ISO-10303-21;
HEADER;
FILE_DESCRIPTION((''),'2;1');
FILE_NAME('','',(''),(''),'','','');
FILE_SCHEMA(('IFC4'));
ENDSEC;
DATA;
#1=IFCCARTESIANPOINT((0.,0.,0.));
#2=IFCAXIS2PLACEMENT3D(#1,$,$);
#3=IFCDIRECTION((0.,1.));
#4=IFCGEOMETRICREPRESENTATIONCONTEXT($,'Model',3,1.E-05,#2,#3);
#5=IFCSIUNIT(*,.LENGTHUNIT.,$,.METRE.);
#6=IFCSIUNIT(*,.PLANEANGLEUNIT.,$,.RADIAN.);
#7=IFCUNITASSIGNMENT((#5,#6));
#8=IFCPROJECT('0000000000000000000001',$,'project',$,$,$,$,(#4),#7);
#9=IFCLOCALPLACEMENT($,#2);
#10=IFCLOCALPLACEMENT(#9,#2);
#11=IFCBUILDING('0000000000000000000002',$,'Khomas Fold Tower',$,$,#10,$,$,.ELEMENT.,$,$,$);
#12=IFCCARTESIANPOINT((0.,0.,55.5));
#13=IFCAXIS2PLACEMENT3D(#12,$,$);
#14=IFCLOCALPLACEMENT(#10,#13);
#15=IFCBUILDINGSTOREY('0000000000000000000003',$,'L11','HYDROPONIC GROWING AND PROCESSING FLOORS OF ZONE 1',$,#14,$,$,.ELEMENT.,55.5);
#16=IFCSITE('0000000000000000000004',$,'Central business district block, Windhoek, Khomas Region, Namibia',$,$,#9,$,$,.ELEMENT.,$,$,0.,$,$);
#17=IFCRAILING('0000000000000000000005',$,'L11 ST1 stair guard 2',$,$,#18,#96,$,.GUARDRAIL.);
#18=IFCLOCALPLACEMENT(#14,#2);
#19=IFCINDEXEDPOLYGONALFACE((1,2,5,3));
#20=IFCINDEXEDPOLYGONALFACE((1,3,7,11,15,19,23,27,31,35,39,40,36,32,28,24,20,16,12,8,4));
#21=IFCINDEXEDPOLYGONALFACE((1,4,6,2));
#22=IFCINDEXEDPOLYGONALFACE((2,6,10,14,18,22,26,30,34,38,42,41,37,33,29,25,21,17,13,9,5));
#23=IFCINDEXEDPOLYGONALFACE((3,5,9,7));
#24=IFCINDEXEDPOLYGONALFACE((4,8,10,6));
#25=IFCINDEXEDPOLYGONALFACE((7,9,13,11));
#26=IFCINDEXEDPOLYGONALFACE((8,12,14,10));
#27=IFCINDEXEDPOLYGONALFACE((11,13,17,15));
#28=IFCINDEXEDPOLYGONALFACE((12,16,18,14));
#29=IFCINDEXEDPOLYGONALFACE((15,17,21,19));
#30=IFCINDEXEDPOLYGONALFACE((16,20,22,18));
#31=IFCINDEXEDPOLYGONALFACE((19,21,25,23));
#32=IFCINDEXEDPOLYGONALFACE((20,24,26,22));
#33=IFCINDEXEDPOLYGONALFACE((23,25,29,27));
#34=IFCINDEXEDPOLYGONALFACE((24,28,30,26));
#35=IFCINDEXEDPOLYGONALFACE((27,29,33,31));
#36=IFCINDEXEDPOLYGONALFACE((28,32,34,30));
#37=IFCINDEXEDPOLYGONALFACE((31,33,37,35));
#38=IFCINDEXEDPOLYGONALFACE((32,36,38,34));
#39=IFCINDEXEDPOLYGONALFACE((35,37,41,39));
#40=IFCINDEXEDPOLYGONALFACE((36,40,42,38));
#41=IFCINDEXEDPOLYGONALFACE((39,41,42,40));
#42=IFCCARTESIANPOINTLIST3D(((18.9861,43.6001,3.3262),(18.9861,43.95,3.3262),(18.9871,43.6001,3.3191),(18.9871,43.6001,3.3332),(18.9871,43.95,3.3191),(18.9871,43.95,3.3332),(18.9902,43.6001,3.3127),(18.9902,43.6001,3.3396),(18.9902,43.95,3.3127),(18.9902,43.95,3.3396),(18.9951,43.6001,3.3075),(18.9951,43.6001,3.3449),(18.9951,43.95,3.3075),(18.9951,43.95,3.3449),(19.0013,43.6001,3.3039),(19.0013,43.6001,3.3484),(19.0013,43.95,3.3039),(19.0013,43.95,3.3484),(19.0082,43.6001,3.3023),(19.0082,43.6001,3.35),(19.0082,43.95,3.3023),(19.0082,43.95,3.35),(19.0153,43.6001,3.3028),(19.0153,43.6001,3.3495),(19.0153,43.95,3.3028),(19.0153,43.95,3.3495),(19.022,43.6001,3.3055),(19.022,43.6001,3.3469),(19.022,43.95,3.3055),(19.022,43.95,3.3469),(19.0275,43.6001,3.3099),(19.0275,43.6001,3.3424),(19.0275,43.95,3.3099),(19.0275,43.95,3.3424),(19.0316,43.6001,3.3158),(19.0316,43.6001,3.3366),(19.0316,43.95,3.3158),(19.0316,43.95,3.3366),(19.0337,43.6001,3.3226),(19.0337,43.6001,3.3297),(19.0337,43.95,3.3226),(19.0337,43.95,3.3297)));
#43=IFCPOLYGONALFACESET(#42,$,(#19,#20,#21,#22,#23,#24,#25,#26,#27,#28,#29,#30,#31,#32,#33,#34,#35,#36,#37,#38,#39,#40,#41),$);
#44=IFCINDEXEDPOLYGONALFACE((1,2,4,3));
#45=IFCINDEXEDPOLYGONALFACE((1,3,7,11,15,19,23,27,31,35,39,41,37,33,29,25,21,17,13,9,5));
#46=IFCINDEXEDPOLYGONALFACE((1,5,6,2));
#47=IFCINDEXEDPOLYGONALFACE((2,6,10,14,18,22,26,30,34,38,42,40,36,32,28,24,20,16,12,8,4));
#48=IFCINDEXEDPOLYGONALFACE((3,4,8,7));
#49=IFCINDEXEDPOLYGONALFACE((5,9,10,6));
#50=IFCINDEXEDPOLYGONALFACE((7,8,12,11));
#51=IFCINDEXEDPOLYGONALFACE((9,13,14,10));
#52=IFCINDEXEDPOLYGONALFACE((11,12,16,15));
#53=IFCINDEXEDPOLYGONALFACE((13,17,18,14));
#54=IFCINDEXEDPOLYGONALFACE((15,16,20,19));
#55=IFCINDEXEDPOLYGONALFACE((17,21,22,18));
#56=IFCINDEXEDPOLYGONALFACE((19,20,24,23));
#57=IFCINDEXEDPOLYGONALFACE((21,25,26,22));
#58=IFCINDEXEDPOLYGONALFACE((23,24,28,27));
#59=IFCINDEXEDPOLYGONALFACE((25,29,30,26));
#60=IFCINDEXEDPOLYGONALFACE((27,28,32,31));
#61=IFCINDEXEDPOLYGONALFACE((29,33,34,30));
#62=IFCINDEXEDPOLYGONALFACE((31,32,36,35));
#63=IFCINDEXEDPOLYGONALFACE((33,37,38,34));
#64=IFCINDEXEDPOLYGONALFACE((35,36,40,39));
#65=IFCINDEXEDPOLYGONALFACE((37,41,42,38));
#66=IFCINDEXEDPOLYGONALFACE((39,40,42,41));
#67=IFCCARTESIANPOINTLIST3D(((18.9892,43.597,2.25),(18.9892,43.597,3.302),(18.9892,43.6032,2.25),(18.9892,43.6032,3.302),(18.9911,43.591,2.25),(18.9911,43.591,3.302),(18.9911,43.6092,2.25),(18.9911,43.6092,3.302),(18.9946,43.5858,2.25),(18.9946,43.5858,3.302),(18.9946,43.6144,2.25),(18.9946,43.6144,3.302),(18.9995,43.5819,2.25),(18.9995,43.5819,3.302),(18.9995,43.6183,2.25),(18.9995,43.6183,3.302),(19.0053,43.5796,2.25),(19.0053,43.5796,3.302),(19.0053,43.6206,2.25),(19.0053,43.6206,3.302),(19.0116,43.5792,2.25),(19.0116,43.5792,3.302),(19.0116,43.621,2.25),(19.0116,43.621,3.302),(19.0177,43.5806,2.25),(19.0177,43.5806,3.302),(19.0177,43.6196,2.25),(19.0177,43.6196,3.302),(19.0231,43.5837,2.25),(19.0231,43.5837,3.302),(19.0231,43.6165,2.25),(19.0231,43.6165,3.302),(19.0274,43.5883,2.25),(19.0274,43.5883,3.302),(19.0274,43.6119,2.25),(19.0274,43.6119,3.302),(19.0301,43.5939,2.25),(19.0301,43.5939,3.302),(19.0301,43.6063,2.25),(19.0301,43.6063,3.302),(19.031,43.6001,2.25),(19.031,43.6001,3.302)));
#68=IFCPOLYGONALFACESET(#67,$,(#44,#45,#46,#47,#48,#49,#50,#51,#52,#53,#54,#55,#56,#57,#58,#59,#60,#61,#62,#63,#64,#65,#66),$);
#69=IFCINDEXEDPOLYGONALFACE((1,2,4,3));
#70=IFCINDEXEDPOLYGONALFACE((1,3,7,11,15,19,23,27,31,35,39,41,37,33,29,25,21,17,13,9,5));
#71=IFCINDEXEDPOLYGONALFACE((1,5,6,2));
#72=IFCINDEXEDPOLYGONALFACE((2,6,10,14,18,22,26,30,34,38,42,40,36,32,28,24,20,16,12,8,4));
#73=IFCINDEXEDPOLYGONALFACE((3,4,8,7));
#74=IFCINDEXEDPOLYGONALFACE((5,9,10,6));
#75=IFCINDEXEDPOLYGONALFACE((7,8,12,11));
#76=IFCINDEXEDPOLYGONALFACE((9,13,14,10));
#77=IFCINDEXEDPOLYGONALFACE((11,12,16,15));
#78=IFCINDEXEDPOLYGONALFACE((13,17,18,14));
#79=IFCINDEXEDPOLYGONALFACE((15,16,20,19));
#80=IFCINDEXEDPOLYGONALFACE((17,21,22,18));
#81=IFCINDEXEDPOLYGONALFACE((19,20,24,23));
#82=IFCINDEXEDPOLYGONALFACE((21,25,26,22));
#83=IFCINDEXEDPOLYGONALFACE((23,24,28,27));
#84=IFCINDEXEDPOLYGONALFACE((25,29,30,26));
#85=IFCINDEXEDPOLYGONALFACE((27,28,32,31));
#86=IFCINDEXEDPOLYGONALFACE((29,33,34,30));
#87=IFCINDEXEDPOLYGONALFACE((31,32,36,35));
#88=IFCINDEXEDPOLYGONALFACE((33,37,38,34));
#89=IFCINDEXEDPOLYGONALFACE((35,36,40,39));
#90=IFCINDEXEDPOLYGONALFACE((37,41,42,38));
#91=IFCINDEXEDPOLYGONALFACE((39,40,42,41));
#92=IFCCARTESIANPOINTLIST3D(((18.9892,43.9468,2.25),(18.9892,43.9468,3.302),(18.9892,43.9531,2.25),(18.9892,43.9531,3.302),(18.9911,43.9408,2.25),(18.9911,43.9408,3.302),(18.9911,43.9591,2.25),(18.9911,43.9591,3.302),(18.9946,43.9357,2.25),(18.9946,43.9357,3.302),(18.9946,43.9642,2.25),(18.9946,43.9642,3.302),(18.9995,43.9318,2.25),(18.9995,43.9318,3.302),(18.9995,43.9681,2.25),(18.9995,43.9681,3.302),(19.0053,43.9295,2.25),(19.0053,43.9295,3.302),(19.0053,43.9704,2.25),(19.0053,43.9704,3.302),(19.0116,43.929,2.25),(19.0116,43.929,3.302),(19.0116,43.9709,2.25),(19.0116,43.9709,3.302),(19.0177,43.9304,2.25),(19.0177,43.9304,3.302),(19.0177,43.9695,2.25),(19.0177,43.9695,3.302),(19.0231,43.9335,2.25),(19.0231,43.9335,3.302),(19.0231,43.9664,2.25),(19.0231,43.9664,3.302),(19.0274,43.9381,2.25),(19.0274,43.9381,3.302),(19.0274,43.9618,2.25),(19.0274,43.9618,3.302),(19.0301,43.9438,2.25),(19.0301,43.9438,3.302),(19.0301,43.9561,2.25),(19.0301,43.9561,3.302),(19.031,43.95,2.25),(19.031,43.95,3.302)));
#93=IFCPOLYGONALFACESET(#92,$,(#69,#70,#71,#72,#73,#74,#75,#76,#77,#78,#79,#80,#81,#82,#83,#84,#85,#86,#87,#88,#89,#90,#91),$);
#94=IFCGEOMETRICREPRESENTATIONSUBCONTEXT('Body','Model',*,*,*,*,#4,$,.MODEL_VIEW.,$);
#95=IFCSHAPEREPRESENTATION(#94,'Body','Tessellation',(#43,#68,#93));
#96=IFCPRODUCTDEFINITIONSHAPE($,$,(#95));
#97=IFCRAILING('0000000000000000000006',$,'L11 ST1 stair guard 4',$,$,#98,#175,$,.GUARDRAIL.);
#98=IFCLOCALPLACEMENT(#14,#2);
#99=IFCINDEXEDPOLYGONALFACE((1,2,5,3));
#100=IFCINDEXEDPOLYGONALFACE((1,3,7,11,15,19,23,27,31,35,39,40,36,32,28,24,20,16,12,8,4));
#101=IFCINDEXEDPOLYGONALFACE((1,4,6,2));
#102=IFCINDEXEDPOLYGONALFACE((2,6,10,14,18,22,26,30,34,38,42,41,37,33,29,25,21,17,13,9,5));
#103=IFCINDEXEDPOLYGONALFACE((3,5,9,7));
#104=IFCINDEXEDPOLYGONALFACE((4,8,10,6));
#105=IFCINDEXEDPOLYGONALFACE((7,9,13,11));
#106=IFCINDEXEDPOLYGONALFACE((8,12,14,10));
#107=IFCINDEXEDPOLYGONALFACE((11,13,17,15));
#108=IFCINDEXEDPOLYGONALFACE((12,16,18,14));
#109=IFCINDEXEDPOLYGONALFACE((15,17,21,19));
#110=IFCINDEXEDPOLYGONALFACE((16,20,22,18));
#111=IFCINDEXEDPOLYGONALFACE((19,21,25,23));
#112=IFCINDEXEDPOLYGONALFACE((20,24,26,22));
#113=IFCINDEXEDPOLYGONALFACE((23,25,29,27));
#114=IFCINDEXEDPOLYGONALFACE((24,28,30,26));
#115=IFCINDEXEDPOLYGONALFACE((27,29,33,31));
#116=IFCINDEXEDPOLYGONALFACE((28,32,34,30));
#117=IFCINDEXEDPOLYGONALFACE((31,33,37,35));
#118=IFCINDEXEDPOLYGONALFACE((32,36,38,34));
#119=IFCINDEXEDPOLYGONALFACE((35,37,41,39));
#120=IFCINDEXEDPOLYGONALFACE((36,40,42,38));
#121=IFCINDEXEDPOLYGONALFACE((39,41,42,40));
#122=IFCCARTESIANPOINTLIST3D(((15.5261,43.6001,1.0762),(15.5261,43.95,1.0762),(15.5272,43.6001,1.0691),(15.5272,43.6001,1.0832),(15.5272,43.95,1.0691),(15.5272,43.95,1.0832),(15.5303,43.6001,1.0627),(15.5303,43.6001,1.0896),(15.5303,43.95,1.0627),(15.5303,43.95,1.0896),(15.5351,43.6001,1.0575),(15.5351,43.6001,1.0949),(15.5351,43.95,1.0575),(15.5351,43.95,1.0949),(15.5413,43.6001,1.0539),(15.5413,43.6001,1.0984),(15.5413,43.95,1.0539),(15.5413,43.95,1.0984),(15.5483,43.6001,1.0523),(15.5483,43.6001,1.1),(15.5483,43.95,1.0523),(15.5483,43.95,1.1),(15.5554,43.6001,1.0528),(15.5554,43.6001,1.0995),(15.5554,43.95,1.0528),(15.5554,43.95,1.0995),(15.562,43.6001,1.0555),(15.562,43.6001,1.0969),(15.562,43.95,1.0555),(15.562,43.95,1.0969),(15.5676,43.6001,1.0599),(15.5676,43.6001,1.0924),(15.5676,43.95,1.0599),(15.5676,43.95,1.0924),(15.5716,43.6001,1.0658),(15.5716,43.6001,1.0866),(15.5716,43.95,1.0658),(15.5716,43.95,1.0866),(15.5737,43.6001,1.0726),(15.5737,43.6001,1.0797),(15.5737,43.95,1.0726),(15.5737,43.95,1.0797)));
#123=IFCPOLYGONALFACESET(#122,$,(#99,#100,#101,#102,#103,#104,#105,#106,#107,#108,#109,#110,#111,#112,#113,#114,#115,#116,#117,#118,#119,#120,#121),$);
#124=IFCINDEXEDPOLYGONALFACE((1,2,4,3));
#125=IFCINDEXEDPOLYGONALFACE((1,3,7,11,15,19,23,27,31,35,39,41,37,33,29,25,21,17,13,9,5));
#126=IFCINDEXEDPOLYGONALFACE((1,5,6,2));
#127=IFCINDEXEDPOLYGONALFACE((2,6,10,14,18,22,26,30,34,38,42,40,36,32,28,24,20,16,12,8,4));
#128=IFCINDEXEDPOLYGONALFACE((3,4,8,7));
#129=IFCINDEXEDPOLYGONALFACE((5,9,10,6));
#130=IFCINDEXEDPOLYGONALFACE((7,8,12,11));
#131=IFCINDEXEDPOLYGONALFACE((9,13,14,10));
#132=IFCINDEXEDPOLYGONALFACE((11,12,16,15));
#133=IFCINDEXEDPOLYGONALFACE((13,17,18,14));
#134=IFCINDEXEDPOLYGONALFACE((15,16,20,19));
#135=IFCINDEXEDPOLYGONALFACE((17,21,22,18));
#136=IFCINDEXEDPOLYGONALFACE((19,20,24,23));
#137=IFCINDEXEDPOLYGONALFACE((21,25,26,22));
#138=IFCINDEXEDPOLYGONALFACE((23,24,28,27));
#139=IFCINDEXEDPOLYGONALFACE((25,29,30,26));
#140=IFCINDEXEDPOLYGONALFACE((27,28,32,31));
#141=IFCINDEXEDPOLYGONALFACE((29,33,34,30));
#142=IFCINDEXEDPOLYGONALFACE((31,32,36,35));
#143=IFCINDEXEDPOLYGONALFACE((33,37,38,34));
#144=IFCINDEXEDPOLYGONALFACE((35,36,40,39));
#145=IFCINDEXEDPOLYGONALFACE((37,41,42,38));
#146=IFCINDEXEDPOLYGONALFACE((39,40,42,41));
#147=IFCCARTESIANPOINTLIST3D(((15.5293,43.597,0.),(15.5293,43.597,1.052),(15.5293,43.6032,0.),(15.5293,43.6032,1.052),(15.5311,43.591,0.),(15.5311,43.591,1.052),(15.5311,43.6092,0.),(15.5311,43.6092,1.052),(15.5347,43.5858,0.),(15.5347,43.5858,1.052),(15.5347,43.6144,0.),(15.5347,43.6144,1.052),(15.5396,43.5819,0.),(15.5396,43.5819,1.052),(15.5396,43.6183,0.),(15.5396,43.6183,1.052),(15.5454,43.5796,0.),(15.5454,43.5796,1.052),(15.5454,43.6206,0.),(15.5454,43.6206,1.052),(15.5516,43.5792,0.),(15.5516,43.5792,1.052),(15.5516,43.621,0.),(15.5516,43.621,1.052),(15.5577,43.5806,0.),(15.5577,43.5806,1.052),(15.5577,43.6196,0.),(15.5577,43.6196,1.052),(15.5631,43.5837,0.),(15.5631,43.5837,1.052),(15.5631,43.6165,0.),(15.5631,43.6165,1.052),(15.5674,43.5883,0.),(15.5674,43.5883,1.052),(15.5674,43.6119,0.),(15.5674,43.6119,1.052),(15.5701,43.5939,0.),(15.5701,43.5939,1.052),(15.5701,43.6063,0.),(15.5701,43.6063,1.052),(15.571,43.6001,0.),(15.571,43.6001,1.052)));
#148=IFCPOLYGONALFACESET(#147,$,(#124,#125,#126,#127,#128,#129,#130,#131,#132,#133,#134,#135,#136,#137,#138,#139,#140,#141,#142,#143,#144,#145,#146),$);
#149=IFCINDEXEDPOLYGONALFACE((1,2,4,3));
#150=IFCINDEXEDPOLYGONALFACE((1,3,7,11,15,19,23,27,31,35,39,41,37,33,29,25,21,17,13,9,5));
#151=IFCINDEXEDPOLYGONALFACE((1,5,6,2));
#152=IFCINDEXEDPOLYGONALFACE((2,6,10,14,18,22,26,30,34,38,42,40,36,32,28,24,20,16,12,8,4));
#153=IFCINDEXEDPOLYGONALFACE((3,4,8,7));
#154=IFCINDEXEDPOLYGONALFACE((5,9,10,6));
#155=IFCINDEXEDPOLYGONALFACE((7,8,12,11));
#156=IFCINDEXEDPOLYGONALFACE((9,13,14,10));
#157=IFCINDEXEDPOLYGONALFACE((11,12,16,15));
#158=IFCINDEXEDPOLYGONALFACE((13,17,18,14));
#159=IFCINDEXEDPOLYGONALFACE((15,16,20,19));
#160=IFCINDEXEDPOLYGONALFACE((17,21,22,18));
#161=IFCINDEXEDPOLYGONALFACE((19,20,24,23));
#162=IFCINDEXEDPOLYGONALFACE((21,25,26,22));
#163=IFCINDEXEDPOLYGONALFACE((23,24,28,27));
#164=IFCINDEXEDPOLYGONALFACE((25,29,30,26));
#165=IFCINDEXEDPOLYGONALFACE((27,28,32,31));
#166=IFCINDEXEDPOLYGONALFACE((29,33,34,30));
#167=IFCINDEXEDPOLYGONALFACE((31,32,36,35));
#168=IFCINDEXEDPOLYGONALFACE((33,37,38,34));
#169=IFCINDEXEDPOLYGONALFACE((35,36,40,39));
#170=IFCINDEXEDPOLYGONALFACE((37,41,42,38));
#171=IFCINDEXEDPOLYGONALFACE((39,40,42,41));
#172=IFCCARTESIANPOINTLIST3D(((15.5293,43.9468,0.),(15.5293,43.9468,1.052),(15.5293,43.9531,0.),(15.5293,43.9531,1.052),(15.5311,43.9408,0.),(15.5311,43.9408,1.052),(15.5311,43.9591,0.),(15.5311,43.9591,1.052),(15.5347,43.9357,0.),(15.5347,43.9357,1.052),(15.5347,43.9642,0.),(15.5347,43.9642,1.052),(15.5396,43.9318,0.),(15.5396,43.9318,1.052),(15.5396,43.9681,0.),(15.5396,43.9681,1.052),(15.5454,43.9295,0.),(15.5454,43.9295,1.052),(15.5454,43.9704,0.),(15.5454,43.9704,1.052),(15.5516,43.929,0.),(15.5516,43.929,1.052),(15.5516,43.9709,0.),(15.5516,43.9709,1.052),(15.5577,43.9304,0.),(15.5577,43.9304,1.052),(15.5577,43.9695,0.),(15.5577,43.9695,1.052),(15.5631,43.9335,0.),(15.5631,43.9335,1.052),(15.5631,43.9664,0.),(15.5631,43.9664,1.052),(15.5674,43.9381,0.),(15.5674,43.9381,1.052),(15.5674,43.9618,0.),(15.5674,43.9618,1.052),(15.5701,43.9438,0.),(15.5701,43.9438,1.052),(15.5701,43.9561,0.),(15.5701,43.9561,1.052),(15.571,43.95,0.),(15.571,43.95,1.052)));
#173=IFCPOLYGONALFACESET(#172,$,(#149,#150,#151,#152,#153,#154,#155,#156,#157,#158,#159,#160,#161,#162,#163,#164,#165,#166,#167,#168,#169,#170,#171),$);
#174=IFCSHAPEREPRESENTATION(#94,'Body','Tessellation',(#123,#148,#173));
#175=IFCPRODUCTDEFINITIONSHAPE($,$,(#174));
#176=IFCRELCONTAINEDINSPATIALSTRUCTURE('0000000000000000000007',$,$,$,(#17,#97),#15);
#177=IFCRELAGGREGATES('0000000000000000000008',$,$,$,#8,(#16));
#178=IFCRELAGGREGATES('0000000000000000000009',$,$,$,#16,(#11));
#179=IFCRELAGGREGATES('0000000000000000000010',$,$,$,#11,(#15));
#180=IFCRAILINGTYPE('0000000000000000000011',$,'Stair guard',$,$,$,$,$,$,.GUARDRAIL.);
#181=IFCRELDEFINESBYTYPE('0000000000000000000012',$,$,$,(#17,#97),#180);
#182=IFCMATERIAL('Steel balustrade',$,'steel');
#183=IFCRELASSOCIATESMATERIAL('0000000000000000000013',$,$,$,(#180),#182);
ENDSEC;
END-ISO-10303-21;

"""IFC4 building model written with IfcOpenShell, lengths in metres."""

from ifc_helpers import new_model, si_unit, direction, frame, origin, origin_2d, place, context, subcontext, project, spatial, circle, extrude, source, transform, mapped, material, type_object, element, save


model = new_model("IFC4")

# Units and contexts
model_context = context("Model", 3, precision=1e-05, world=origin(), true_north=direction((0.0, 1.0)))
body_context = subcontext(model_context, "Body", "Model", "MODEL_VIEW")
ifc_project = project(units=[si_unit("LENGTHUNIT", "METRE"), si_unit("PLANEANGLEUNIT", "RADIAN")], contexts=[model_context])

# Site, building, storey
site_placement = place(None, origin())
site = spatial("IfcSite", under=ifc_project, at=site_placement, Name="Central business district block, Windhoek, Khomas Region, Namibia", CompositionType="ELEMENT", RefElevation=0.0)
building_placement = place(site_placement, origin())
building = spatial("IfcBuilding", under=site, at=building_placement, Name="Khomas Fold Tower", CompositionType="ELEMENT")
storey_placement = place(building_placement, frame((0.0, 0.0, 55.5)))
storey = spatial("IfcBuildingStorey", under=building, at=storey_placement, Name="L11", Description="HYDROPONIC GROWING AND PROCESSING FLOORS OF ZONE 1", CompositionType="ELEMENT", Elevation=55.5)

# Railings
ifc_material_1 = material(Name="Steel balustrade", Category="steel")
railing_type_1 = type_object("IfcRailingType", Name="Stair guard", PredefinedType="GUARDRAIL", material=ifc_material_1)
shared_shape_1 = source(origin(), body_context, "Body", "SweptSolid", [
    extrude(circle(Radius=0.0239, at=origin_2d()), frame((0.0, 0.0, 1.0762), z_axis=(0.0, 1.0, 0.0), x_axis=(-1.0, 0.0, 0.0)), (0.0, 0.0, 1.0), 0.3499),
    extrude(circle(Radius=0.021, at=origin_2d()), origin(), (0.0, 0.0, 1.0), 1.052),
    extrude(circle(Radius=0.021, at=origin_2d()), frame((0.0, 0.3499, 0.0)), (0.0, 0.0, 1.0), 1.052),
])
for number, where, name in (
    (1, (19.01, 43.6001, 2.25), "L11 ST1 stair guard 2"),
    (2, (15.55, 43.6001, 0.0), "L11 ST1 stair guard 4"),
):
    element("IfcRailing", number, at=place(storey_placement, frame(where)), inside=storey, type_object=railing_type_1, Name=name, PredefinedType="GUARDRAIL", context=body_context, shape_type="MappedRepresentation", body=[
        mapped(shared_shape_1, transform((0.0, 0.0, 0.0))),
    ])

save(model, "model.ifc")
